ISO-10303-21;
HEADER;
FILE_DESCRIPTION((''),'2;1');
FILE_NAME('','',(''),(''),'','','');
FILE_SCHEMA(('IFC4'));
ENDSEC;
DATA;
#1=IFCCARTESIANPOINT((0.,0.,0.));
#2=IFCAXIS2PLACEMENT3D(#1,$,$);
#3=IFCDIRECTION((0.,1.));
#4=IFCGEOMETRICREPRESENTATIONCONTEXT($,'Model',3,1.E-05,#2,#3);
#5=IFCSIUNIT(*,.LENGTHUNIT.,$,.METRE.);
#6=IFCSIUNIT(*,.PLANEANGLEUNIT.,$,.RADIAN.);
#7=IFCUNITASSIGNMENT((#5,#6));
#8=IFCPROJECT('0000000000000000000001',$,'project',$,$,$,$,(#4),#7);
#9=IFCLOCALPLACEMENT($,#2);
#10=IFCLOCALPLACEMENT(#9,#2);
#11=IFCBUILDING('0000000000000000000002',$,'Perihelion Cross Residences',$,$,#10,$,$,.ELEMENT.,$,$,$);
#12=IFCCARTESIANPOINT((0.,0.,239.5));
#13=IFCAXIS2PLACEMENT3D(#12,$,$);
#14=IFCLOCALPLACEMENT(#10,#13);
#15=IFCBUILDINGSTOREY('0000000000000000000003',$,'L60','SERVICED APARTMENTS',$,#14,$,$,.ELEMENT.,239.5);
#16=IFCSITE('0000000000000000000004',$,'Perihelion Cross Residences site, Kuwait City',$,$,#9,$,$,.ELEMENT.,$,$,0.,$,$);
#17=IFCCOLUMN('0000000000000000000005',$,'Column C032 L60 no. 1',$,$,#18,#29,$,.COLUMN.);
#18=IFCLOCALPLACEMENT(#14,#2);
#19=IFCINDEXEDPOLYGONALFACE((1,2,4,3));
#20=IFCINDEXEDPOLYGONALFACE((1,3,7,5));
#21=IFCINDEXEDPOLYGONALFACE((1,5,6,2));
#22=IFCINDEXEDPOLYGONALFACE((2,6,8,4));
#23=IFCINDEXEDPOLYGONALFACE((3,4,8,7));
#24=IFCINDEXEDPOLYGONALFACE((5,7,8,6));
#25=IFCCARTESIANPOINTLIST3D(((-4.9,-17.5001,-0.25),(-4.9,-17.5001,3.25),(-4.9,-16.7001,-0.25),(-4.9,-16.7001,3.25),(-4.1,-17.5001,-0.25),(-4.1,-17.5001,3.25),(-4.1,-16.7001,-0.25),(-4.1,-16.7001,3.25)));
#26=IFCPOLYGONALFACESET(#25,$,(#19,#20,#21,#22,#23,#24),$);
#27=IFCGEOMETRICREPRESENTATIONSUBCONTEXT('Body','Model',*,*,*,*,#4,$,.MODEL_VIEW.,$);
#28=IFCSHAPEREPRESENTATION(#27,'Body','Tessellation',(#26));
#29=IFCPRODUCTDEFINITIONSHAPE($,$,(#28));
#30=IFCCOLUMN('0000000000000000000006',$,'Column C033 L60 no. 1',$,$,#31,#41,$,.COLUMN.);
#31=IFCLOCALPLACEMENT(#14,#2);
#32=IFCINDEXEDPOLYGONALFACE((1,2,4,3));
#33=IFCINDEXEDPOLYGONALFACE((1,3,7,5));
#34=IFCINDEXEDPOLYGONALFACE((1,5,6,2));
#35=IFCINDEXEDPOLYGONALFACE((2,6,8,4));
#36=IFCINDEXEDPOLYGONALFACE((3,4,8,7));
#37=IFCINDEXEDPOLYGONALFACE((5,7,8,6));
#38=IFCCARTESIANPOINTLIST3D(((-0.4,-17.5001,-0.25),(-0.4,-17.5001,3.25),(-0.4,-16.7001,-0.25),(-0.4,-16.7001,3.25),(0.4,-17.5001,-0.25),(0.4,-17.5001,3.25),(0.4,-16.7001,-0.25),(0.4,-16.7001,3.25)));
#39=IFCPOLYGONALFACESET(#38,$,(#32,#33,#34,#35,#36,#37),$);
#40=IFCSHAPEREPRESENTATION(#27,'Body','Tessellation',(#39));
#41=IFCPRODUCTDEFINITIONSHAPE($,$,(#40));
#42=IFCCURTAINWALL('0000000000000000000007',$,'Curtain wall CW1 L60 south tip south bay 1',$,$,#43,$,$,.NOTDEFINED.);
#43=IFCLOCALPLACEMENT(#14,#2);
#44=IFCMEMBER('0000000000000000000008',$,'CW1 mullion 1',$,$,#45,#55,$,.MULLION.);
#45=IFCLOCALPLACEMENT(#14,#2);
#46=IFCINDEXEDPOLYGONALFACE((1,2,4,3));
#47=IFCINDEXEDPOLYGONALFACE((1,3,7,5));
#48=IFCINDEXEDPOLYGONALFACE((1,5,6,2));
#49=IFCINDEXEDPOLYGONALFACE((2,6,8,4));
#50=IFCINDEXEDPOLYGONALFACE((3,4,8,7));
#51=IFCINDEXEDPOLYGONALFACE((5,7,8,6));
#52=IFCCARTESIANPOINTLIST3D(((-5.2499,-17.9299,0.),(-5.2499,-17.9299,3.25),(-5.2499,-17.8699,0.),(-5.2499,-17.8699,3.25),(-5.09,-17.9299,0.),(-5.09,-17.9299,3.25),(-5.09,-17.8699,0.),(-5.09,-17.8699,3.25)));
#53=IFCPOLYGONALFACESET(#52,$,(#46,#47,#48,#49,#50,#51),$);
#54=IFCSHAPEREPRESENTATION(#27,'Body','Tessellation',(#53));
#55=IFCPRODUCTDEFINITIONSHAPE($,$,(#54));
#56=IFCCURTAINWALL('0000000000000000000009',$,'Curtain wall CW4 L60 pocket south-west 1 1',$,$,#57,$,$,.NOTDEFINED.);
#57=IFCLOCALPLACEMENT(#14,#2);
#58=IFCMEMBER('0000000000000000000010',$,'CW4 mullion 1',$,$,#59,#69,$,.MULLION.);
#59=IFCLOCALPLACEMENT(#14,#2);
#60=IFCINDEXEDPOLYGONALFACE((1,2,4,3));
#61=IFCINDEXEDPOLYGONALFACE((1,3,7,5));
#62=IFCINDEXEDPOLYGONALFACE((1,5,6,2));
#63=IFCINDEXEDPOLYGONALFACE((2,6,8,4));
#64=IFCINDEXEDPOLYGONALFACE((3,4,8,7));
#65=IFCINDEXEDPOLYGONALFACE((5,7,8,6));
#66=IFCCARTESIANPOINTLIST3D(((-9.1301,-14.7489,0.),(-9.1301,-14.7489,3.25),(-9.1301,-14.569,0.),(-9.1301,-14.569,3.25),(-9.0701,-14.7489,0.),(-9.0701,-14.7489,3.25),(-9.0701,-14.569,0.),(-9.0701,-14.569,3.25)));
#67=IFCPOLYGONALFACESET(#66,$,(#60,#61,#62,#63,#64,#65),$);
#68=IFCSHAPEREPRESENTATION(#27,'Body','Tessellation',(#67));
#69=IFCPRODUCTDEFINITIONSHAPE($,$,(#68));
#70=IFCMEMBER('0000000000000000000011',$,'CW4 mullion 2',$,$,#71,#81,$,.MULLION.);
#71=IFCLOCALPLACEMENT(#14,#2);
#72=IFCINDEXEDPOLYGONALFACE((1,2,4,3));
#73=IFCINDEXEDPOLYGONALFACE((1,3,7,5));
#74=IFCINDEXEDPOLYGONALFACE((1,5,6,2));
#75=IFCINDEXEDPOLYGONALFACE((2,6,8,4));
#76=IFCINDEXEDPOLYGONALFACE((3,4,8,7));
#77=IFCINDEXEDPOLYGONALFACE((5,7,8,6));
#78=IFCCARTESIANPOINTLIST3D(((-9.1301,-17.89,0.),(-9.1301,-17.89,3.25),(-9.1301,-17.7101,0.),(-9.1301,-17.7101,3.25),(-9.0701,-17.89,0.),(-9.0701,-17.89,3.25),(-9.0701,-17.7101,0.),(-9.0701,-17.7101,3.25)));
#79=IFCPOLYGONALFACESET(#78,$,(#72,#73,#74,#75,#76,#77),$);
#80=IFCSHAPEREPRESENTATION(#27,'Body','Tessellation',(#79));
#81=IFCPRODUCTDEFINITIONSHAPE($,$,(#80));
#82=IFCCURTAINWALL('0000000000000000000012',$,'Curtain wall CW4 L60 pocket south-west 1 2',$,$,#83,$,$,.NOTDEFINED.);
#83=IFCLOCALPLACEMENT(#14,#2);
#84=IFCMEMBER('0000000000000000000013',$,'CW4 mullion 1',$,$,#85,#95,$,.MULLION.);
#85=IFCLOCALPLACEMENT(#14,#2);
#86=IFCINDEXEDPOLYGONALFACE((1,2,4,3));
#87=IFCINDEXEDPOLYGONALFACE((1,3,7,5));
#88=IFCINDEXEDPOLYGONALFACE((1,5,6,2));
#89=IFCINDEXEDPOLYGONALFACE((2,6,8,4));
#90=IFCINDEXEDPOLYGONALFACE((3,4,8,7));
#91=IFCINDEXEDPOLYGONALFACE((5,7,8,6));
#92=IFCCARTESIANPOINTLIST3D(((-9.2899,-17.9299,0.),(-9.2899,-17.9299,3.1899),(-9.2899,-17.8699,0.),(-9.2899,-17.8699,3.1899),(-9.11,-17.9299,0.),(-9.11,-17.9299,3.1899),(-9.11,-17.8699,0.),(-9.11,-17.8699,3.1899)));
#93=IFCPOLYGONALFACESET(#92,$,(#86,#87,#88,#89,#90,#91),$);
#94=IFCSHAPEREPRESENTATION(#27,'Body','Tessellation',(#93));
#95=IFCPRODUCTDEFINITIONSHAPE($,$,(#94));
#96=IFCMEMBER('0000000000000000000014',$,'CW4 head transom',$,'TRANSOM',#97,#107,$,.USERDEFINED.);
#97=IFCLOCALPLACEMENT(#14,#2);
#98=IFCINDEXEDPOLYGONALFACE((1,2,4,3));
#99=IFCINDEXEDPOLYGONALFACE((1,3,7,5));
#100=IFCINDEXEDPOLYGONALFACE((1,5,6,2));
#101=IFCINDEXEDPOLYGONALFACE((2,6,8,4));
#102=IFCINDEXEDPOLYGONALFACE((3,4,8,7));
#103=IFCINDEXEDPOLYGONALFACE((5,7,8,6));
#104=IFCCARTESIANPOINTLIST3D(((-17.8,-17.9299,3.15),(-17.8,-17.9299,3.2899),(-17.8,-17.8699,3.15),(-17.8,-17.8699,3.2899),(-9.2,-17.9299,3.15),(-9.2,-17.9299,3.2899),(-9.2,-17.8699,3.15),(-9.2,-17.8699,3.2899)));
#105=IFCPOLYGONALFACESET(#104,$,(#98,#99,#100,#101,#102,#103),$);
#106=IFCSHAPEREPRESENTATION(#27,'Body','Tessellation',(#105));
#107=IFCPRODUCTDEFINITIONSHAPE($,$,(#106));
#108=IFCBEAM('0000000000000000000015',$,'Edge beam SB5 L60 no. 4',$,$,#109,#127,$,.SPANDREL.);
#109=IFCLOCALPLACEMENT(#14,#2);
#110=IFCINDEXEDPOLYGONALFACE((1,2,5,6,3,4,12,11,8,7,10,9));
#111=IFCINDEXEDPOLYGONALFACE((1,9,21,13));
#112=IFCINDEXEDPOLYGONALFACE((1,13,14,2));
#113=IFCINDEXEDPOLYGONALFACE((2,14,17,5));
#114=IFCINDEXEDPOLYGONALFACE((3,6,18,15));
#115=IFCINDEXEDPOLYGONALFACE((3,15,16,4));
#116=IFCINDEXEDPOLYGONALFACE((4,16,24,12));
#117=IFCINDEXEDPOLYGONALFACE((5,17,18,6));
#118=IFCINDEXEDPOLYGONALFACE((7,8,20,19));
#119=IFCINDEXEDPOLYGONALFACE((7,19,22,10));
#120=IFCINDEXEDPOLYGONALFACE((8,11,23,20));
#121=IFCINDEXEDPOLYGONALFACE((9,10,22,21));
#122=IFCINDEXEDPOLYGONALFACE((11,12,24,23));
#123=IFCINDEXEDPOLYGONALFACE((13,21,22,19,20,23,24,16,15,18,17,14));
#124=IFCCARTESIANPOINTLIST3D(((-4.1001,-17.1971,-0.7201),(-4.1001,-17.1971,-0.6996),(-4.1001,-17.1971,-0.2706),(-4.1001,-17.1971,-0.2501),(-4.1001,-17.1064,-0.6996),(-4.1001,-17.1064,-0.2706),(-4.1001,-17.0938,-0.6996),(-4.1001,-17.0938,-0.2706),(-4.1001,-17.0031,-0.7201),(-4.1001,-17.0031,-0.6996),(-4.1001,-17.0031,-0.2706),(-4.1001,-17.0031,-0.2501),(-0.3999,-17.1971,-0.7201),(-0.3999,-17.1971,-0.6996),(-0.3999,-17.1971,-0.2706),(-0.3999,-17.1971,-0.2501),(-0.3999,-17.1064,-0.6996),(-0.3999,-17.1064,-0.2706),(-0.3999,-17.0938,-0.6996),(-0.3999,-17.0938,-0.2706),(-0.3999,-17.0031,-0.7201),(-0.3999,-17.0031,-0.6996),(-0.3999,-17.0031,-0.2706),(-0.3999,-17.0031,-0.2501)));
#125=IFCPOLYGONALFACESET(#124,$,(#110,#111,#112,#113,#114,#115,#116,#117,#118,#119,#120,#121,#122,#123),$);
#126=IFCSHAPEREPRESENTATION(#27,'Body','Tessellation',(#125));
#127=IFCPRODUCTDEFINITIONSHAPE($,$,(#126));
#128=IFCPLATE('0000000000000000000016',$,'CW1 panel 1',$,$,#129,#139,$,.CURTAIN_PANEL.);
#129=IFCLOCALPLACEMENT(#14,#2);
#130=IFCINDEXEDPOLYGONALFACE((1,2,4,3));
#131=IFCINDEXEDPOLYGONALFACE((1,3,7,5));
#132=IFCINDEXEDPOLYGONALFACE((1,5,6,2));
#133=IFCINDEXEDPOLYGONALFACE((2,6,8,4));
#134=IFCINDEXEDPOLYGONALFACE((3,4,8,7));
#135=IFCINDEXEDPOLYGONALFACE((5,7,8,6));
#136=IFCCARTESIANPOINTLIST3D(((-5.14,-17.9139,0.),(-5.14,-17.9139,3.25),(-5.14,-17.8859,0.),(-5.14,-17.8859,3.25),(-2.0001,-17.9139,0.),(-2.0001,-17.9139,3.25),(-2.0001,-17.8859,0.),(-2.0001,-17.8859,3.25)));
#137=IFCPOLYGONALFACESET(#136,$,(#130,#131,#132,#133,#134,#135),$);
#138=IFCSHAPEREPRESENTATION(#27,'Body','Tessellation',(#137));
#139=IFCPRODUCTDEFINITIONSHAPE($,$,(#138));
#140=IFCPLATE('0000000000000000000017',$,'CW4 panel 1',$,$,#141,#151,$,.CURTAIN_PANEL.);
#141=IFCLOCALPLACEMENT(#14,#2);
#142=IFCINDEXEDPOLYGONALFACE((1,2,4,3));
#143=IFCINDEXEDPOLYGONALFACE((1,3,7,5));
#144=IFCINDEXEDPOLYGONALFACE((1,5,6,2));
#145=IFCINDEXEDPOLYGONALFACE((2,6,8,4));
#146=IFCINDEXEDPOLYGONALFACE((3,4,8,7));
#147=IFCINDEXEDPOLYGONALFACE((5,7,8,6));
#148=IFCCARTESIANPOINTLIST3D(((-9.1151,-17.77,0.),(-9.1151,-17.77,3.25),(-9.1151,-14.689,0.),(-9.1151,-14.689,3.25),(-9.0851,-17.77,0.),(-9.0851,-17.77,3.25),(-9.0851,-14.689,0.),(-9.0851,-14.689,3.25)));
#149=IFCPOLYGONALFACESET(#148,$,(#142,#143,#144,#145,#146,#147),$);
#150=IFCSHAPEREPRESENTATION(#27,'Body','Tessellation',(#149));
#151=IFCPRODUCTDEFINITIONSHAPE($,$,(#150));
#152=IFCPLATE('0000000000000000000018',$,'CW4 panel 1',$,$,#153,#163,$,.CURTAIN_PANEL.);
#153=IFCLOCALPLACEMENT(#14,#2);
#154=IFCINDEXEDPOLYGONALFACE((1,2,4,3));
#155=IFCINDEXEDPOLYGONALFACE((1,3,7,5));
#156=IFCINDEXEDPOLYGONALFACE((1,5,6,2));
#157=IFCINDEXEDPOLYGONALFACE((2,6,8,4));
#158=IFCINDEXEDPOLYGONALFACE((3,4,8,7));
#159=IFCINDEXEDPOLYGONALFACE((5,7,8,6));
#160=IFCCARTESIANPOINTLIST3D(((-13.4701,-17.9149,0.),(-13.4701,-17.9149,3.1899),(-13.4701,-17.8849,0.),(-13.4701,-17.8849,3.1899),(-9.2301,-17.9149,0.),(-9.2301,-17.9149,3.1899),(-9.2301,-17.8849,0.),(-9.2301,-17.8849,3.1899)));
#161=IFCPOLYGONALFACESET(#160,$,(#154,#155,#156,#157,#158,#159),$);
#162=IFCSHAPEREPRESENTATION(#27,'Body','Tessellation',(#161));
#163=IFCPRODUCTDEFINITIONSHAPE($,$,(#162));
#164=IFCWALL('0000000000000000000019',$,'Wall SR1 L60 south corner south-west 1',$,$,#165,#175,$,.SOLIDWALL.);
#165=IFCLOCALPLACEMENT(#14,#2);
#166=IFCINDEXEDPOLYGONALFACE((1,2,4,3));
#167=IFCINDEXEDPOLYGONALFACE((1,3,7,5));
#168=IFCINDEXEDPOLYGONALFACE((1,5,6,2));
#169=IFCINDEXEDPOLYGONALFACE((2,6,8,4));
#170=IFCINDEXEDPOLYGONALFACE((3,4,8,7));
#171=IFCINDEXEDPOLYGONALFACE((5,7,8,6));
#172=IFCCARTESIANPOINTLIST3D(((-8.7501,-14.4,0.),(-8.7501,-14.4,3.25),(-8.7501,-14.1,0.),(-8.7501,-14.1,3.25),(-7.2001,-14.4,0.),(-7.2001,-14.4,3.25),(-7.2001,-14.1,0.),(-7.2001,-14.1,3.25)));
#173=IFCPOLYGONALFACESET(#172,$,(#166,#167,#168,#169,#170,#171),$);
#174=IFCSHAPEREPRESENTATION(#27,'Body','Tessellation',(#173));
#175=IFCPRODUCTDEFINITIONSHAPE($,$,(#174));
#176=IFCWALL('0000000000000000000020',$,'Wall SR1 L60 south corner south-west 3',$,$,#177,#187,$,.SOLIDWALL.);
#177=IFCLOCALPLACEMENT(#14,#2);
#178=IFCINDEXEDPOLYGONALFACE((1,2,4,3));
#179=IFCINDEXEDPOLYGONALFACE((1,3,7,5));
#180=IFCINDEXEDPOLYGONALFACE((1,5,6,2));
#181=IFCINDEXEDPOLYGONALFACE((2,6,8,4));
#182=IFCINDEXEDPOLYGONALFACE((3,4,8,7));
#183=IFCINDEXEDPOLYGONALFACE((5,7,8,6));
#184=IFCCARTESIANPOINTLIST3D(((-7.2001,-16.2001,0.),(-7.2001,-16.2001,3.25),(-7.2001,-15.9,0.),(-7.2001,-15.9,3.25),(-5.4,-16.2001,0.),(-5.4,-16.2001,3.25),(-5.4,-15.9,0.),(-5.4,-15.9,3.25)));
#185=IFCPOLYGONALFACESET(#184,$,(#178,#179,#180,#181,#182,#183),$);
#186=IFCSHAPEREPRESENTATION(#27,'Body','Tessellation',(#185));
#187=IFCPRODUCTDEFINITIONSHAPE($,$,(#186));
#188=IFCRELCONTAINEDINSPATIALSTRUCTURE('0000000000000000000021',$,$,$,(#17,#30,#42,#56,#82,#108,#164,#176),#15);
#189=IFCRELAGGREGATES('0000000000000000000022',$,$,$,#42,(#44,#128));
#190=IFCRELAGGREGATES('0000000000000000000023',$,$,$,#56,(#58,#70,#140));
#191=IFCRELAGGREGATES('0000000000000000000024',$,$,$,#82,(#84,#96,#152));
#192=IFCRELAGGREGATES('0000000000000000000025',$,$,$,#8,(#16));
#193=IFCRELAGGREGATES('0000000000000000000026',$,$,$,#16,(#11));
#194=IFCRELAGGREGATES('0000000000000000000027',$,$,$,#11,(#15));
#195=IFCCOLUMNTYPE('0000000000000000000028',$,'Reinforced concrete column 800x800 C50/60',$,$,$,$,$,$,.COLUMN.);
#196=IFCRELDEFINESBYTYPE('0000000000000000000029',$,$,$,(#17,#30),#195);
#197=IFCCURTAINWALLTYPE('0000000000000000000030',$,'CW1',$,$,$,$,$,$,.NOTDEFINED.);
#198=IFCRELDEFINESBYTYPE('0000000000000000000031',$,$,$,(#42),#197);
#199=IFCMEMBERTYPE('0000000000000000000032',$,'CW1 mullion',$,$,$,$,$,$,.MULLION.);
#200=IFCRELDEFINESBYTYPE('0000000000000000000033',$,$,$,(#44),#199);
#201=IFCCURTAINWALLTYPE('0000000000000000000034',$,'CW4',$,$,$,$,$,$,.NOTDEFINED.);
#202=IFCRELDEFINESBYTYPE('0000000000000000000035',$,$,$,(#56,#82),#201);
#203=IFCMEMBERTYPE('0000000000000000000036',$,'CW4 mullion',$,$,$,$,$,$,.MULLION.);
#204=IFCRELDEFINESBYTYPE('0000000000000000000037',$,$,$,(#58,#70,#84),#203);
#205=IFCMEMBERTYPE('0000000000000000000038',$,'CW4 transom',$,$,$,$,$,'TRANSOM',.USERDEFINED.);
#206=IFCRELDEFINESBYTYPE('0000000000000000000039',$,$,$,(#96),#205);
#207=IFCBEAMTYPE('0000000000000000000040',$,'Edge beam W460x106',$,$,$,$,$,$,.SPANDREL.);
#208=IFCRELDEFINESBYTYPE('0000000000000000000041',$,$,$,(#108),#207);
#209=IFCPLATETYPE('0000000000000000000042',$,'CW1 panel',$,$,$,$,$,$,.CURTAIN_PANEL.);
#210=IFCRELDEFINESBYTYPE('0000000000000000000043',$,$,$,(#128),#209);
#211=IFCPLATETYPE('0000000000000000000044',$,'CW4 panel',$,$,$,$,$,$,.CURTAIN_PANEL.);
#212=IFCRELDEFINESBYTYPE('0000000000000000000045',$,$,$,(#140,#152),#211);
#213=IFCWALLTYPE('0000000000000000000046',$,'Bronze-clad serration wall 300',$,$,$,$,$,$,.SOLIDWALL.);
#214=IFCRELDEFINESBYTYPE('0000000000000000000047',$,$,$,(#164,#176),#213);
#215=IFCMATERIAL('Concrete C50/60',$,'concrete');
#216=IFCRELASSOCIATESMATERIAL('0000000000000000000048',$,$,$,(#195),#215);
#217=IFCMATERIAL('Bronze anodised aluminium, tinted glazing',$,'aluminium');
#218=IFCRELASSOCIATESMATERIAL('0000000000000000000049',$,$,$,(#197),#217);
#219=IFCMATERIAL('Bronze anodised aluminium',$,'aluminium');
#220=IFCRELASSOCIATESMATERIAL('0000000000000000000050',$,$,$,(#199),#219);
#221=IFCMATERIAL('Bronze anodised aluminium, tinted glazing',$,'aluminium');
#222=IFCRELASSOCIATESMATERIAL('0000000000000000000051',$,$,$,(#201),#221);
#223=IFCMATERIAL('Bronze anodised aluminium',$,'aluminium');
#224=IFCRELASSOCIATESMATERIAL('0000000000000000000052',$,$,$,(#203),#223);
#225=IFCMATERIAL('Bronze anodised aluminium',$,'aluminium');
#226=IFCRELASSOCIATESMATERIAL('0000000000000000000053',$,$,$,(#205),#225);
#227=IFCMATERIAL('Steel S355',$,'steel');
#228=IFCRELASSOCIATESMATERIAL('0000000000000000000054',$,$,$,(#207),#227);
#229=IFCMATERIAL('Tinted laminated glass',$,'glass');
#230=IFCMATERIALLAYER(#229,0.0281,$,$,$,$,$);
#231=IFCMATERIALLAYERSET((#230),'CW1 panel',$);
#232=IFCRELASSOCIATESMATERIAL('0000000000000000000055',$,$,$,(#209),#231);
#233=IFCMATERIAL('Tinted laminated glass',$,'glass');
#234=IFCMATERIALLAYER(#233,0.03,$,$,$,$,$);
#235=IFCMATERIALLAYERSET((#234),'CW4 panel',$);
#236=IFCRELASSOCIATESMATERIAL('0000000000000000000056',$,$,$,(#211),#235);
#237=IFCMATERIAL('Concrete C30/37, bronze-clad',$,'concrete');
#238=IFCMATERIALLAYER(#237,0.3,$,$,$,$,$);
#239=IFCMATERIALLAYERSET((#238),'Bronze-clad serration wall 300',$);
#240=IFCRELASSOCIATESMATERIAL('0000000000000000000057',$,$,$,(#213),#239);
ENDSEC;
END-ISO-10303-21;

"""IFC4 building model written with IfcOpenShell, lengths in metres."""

from ifc_helpers import new_model, si_unit, direction, frame, frame_2d, origin, origin_2d, place, context, subcontext, project, spatial, rectangle, i_section, extrude, material, layer, layer_set, material_profile, profile_set, type_object, element, aggregate, save


model = new_model("IFC4")

# Units and contexts
model_context = context("Model", 3, precision=1e-05, world=origin(), true_north=direction((0.0, 1.0)))
body_context = subcontext(model_context, "Body", "Model", "MODEL_VIEW")
ifc_project = project(units=[si_unit("LENGTHUNIT", "METRE"), si_unit("PLANEANGLEUNIT", "RADIAN")], contexts=[model_context])

# Site, building, storey
site_placement = place(None, origin())
site = spatial("IfcSite", under=ifc_project, at=site_placement, Name="Perihelion Cross Residences site, Kuwait City", CompositionType="ELEMENT", RefElevation=0.0)
building_placement = place(site_placement, origin())
building = spatial("IfcBuilding", under=site, at=building_placement, Name="Perihelion Cross Residences", CompositionType="ELEMENT")
storey_placement = place(building_placement, frame((0.0, 0.0, 239.5)))
storey = spatial("IfcBuildingStorey", under=building, at=storey_placement, Name="L60", Description="SERVICED APARTMENTS", CompositionType="ELEMENT", Elevation=239.5)

# Columns
ifc_material_1 = material(Name="Concrete C50/60", Category="concrete")
ifc_material_profile_1 = material_profile(ifc_material_1, rectangle(XDim=0.8, YDim=0.8, at=origin_2d()), Name="RC 800x800")
ifc_profile_set_1 = profile_set([ifc_material_profile_1], Name="Concrete C50/60")
column_type = type_object("IfcColumnType", Name="Reinforced concrete column 800x800 C50/60", PredefinedType="COLUMN", material=ifc_profile_set_1)
for number, where, z_axis, x_axis, name in (
    (1, (-4.5, -17.1001, -0.25), (0.0, 0.0, 1.0), (1.0, 0.0, 0.0), "Column C032 L60 no. 1"),
    (2, (0.0, -17.1001, -0.25), (0.0, 0.0, 1.0), (1.0, 0.0, 0.0), "Column C033 L60 no. 1"),
):
    element("IfcColumn", number, at=place(storey_placement, frame(where, z_axis=z_axis, x_axis=x_axis)), inside=storey, type_object=column_type, Name=name, PredefinedType="COLUMN", context=body_context, shape_type="SweptSolid", body=[
        extrude(rectangle(XDim=0.8, YDim=0.8, at=origin_2d()), origin(), (0.0, 0.0, 1.0), 3.5),
    ])

# Curtain wall, member
ifc_material_2 = material(Name="Bronze anodised aluminium, tinted glazing", Category="aluminium")
curtain_wall_type_1 = type_object("IfcCurtainWallType", Name="CW1", PredefinedType="NOTDEFINED", material=ifc_material_2)
curtain_wall_1_placement = place(storey_placement, origin())
curtain_wall_1 = element("IfcCurtainWall", 3, at=curtain_wall_1_placement, inside=storey, type_object=curtain_wall_type_1, Name="Curtain wall CW1 L60 south tip south bay 1", PredefinedType="NOTDEFINED")
ifc_material_3 = material(Name="Bronze anodised aluminium", Category="aluminium")
ifc_material_profile_2 = material_profile(ifc_material_3, rectangle(XDim=0.0601, YDim=0.1599, at=origin_2d()), Name="CW1 mullion")
ifc_profile_set_2 = profile_set([ifc_material_profile_2], Name="Bronze anodised aluminium")
member_type_1 = type_object("IfcMemberType", Name="CW1 mullion", PredefinedType="MULLION", material=ifc_profile_set_2)
member_1_placement = place(storey_placement, frame((-5.1699, -17.8999, 0.0), z_axis=(0.0, 0.0, 1.0), x_axis=(0.0, 1.0, 0.0)))
member_1 = element("IfcMember", 4, at=member_1_placement, type_object=member_type_1, Name="CW1 mullion 1", PredefinedType="MULLION", context=body_context, shape_type="SweptSolid", body=[
    extrude(rectangle(XDim=0.0601, YDim=0.1599, at=origin_2d()), origin(), (0.0, 0.0, 1.0), 3.25),
])

# Curtain walls, members
ifc_material_4 = material(Name="Bronze anodised aluminium, tinted glazing", Category="aluminium")
curtain_wall_type_2 = type_object("IfcCurtainWallType", Name="CW4", PredefinedType="NOTDEFINED", material=ifc_material_4)
curtain_wall_2_placement = place(storey_placement, origin())
curtain_wall_2 = element("IfcCurtainWall", 5, at=curtain_wall_2_placement, inside=storey, type_object=curtain_wall_type_2, Name="Curtain wall CW4 L60 pocket south-west 1 1", PredefinedType="NOTDEFINED")
ifc_material_5 = material(Name="Bronze anodised aluminium", Category="aluminium")
ifc_material_profile_3 = material_profile(ifc_material_5, rectangle(XDim=0.0601, YDim=0.1799, at=origin_2d()), Name="CW4 mullion")
ifc_profile_set_3 = profile_set([ifc_material_profile_3], Name="Bronze anodised aluminium")
member_type_2 = type_object("IfcMemberType", Name="CW4 mullion", PredefinedType="MULLION", material=ifc_profile_set_3)
member_2_placement = place(storey_placement, frame((-9.1001, -14.6589, 0.0), z_axis=(0.0, 0.0, 1.0), x_axis=(1.0, 0.0, 0.0)))
member_2 = element("IfcMember", 6, at=member_2_placement, type_object=member_type_2, Name="CW4 mullion 1", PredefinedType="MULLION", context=body_context, shape_type="SweptSolid", body=[
    extrude(rectangle(XDim=0.0601, YDim=0.1799, at=origin_2d()), origin(), (0.0, 0.0, 1.0), 3.25),
])
member_3_placement = place(storey_placement, frame((-9.1001, -17.8, 0.0), z_axis=(0.0, 0.0, 1.0), x_axis=(1.0, 0.0, 0.0)))
member_3 = element("IfcMember", 7, at=member_3_placement, type_object=member_type_2, Name="CW4 mullion 2", PredefinedType="MULLION", context=body_context, shape_type="SweptSolid", body=[
    extrude(rectangle(XDim=0.0601, YDim=0.1799, at=origin_2d()), origin(), (0.0, 0.0, 1.0), 3.25),
])
curtain_wall_3_placement = place(storey_placement, origin())
curtain_wall_3 = element("IfcCurtainWall", 8, at=curtain_wall_3_placement, inside=storey, type_object=curtain_wall_type_2, Name="Curtain wall CW4 L60 pocket south-west 1 2", PredefinedType="NOTDEFINED")
member_4_placement = place(storey_placement, frame((-9.2, -17.8999, 0.0), z_axis=(0.0, 0.0, 1.0), x_axis=(0.0, -1.0, 0.0)))
member_4 = element("IfcMember", 9, at=member_4_placement, type_object=member_type_2, Name="CW4 mullion 1", PredefinedType="MULLION", context=body_context, shape_type="SweptSolid", body=[
    extrude(rectangle(XDim=0.0601, YDim=0.1799, at=origin_2d()), origin(), (0.0, 0.0, 1.0), 3.1899),
])
ifc_material_6 = material(Name="Bronze anodised aluminium", Category="aluminium")
ifc_material_profile_4 = material_profile(ifc_material_6, rectangle(XDim=0.0601, YDim=0.1399, at=origin_2d()), Name="CW4 transom")
ifc_profile_set_4 = profile_set([ifc_material_profile_4], Name="Bronze anodised aluminium")
member_type_3 = type_object("IfcMemberType", Name="CW4 transom", ElementType="TRANSOM", PredefinedType="USERDEFINED", material=ifc_profile_set_4)
member_5_placement = place(storey_placement, frame((-9.2, -17.8999, 3.22), z_axis=(-1.0, 0.0, 0.0), x_axis=(0.0, -1.0, 0.0)))
member_5 = element("IfcMember", 10, at=member_5_placement, type_object=member_type_3, Name="CW4 head transom", ObjectType="TRANSOM", PredefinedType="USERDEFINED", context=body_context, shape_type="SweptSolid", body=[
    extrude(rectangle(XDim=0.0601, YDim=0.1399, at=origin_2d()), origin(), (0.0, 0.0, 1.0), 8.6001),
])

# Beam
ifc_material_7 = material(Name="Steel S355", Category="steel")
ifc_material_profile_5 = material_profile(ifc_material_7, i_section(OverallWidth=0.1941, OverallDepth=0.47, WebThickness=0.0127, FlangeThickness=0.0205, at=origin_2d()), Name="W460x106")
ifc_profile_set_5 = profile_set([ifc_material_profile_5], Name="Steel S355")
beam_type = type_object("IfcBeamType", Name="Edge beam W460x106", PredefinedType="SPANDREL", material=ifc_profile_set_5)
beam_placement = place(storey_placement, frame((-4.1001, -17.1001, -0.4851), z_axis=(1.0, 0.0, 0.0), x_axis=(0.0, 1.0, 0.0)))
element("IfcBeam", 11, at=beam_placement, inside=storey, type_object=beam_type, Name="Edge beam SB5 L60 no. 4", PredefinedType="SPANDREL", context=body_context, shape_type="SweptSolid", body=[
    extrude(i_section(OverallWidth=0.1941, OverallDepth=0.47, WebThickness=0.0127, FlangeThickness=0.0205, at=origin_2d()), origin(), (0.0, 0.0, 1.0), 3.7002),
])

# Plates
ifc_material_8 = material(Name="Tinted laminated glass", Category="glass")
ifc_layer_1 = layer(ifc_material_8, 0.0281)
ifc_layer_set_1 = layer_set([ifc_layer_1], Name="CW1 panel")
plate_type_1 = type_object("IfcPlateType", Name="CW1 panel", PredefinedType="CURTAIN_PANEL", material=ifc_layer_set_1)
plate_1_placement = place(storey_placement, frame((-3.5701, -17.8999, 0.0), z_axis=(0.0, 0.0, 1.0), x_axis=(1.0, 0.0, 0.0)))
plate_1 = element("IfcPlate", 12, at=plate_1_placement, type_object=plate_type_1, Name="CW1 panel 1", PredefinedType="CURTAIN_PANEL", context=body_context, shape_type="SweptSolid", body=[
    extrude(rectangle(XDim=3.1399, YDim=0.0281, at=origin_2d()), origin(), (0.0, 0.0, 1.0), 3.25),
])
aggregate(curtain_wall_1, [member_1, plate_1])
ifc_material_9 = material(Name="Tinted laminated glass", Category="glass")
ifc_layer_2 = layer(ifc_material_9, 0.03)
ifc_layer_set_2 = layer_set([ifc_layer_2], Name="CW4 panel")
plate_type_2 = type_object("IfcPlateType", Name="CW4 panel", PredefinedType="CURTAIN_PANEL", material=ifc_layer_set_2)
plate_2_placement = place(storey_placement, frame((-9.1001, -16.2295, 0.0), z_axis=(0.0, 0.0, 1.0), x_axis=(0.0, -1.0, 0.0)))
plate_2 = element("IfcPlate", 13, at=plate_2_placement, type_object=plate_type_2, Name="CW4 panel 1", PredefinedType="CURTAIN_PANEL", context=body_context, shape_type="SweptSolid", body=[
    extrude(rectangle(XDim=3.0811, YDim=0.03, at=origin_2d()), origin(), (0.0, 0.0, 1.0), 3.25),
])
aggregate(curtain_wall_2, [member_2, member_3, plate_2])
plate_3_placement = place(storey_placement, frame((-11.3501, -17.8999, 0.0), z_axis=(0.0, 0.0, 1.0), x_axis=(-1.0, 0.0, 0.0)))
plate_3 = element("IfcPlate", 14, at=plate_3_placement, type_object=plate_type_2, Name="CW4 panel 1", PredefinedType="CURTAIN_PANEL", context=body_context, shape_type="SweptSolid", body=[
    extrude(rectangle(XDim=4.24, YDim=0.03, at=origin_2d()), origin(), (0.0, 0.0, 1.0), 3.1899),
])
aggregate(curtain_wall_3, [member_4, member_5, plate_3])

# Walls
ifc_material_10 = material(Name="Concrete C30/37, bronze-clad", Category="concrete")
ifc_layer_3 = layer(ifc_material_10, 0.3)
ifc_layer_set_3 = layer_set([ifc_layer_3], Name="Bronze-clad serration wall 300")
wall_type_1 = type_object("IfcWallType", Name="Bronze-clad serration wall 300", PredefinedType="SOLIDWALL", material=ifc_layer_set_3)
wall_1_placement = place(storey_placement, frame((-8.75, -14.25, 0.0), z_axis=(0.0, 0.0, 1.0), x_axis=(1.0, 0.0, 0.0)))
element("IfcWall", 15, at=wall_1_placement, inside=storey, type_object=wall_type_1, Name="Wall SR1 L60 south corner south-west 1", PredefinedType="SOLIDWALL", context=body_context, shape_type="SweptSolid", body=[
    extrude(rectangle(XDim=1.55, YDim=0.3, at=frame_2d((0.7749, 0.0))), origin(), (0.0, 0.0, 1.0), 3.25),
])
wall_2_placement = place(storey_placement, frame((-7.2, -16.05, 0.0), z_axis=(0.0, 0.0, 1.0), x_axis=(1.0, 0.0, 0.0)))
element("IfcWall", 16, at=wall_2_placement, inside=storey, type_object=wall_type_1, Name="Wall SR1 L60 south corner south-west 3", PredefinedType="SOLIDWALL", context=body_context, shape_type="SweptSolid", body=[
    extrude(rectangle(XDim=1.8, YDim=0.3, at=frame_2d((0.8999, 0.0))), origin(), (0.0, 0.0, 1.0), 3.25),
])

save(model, "model.ifc")
